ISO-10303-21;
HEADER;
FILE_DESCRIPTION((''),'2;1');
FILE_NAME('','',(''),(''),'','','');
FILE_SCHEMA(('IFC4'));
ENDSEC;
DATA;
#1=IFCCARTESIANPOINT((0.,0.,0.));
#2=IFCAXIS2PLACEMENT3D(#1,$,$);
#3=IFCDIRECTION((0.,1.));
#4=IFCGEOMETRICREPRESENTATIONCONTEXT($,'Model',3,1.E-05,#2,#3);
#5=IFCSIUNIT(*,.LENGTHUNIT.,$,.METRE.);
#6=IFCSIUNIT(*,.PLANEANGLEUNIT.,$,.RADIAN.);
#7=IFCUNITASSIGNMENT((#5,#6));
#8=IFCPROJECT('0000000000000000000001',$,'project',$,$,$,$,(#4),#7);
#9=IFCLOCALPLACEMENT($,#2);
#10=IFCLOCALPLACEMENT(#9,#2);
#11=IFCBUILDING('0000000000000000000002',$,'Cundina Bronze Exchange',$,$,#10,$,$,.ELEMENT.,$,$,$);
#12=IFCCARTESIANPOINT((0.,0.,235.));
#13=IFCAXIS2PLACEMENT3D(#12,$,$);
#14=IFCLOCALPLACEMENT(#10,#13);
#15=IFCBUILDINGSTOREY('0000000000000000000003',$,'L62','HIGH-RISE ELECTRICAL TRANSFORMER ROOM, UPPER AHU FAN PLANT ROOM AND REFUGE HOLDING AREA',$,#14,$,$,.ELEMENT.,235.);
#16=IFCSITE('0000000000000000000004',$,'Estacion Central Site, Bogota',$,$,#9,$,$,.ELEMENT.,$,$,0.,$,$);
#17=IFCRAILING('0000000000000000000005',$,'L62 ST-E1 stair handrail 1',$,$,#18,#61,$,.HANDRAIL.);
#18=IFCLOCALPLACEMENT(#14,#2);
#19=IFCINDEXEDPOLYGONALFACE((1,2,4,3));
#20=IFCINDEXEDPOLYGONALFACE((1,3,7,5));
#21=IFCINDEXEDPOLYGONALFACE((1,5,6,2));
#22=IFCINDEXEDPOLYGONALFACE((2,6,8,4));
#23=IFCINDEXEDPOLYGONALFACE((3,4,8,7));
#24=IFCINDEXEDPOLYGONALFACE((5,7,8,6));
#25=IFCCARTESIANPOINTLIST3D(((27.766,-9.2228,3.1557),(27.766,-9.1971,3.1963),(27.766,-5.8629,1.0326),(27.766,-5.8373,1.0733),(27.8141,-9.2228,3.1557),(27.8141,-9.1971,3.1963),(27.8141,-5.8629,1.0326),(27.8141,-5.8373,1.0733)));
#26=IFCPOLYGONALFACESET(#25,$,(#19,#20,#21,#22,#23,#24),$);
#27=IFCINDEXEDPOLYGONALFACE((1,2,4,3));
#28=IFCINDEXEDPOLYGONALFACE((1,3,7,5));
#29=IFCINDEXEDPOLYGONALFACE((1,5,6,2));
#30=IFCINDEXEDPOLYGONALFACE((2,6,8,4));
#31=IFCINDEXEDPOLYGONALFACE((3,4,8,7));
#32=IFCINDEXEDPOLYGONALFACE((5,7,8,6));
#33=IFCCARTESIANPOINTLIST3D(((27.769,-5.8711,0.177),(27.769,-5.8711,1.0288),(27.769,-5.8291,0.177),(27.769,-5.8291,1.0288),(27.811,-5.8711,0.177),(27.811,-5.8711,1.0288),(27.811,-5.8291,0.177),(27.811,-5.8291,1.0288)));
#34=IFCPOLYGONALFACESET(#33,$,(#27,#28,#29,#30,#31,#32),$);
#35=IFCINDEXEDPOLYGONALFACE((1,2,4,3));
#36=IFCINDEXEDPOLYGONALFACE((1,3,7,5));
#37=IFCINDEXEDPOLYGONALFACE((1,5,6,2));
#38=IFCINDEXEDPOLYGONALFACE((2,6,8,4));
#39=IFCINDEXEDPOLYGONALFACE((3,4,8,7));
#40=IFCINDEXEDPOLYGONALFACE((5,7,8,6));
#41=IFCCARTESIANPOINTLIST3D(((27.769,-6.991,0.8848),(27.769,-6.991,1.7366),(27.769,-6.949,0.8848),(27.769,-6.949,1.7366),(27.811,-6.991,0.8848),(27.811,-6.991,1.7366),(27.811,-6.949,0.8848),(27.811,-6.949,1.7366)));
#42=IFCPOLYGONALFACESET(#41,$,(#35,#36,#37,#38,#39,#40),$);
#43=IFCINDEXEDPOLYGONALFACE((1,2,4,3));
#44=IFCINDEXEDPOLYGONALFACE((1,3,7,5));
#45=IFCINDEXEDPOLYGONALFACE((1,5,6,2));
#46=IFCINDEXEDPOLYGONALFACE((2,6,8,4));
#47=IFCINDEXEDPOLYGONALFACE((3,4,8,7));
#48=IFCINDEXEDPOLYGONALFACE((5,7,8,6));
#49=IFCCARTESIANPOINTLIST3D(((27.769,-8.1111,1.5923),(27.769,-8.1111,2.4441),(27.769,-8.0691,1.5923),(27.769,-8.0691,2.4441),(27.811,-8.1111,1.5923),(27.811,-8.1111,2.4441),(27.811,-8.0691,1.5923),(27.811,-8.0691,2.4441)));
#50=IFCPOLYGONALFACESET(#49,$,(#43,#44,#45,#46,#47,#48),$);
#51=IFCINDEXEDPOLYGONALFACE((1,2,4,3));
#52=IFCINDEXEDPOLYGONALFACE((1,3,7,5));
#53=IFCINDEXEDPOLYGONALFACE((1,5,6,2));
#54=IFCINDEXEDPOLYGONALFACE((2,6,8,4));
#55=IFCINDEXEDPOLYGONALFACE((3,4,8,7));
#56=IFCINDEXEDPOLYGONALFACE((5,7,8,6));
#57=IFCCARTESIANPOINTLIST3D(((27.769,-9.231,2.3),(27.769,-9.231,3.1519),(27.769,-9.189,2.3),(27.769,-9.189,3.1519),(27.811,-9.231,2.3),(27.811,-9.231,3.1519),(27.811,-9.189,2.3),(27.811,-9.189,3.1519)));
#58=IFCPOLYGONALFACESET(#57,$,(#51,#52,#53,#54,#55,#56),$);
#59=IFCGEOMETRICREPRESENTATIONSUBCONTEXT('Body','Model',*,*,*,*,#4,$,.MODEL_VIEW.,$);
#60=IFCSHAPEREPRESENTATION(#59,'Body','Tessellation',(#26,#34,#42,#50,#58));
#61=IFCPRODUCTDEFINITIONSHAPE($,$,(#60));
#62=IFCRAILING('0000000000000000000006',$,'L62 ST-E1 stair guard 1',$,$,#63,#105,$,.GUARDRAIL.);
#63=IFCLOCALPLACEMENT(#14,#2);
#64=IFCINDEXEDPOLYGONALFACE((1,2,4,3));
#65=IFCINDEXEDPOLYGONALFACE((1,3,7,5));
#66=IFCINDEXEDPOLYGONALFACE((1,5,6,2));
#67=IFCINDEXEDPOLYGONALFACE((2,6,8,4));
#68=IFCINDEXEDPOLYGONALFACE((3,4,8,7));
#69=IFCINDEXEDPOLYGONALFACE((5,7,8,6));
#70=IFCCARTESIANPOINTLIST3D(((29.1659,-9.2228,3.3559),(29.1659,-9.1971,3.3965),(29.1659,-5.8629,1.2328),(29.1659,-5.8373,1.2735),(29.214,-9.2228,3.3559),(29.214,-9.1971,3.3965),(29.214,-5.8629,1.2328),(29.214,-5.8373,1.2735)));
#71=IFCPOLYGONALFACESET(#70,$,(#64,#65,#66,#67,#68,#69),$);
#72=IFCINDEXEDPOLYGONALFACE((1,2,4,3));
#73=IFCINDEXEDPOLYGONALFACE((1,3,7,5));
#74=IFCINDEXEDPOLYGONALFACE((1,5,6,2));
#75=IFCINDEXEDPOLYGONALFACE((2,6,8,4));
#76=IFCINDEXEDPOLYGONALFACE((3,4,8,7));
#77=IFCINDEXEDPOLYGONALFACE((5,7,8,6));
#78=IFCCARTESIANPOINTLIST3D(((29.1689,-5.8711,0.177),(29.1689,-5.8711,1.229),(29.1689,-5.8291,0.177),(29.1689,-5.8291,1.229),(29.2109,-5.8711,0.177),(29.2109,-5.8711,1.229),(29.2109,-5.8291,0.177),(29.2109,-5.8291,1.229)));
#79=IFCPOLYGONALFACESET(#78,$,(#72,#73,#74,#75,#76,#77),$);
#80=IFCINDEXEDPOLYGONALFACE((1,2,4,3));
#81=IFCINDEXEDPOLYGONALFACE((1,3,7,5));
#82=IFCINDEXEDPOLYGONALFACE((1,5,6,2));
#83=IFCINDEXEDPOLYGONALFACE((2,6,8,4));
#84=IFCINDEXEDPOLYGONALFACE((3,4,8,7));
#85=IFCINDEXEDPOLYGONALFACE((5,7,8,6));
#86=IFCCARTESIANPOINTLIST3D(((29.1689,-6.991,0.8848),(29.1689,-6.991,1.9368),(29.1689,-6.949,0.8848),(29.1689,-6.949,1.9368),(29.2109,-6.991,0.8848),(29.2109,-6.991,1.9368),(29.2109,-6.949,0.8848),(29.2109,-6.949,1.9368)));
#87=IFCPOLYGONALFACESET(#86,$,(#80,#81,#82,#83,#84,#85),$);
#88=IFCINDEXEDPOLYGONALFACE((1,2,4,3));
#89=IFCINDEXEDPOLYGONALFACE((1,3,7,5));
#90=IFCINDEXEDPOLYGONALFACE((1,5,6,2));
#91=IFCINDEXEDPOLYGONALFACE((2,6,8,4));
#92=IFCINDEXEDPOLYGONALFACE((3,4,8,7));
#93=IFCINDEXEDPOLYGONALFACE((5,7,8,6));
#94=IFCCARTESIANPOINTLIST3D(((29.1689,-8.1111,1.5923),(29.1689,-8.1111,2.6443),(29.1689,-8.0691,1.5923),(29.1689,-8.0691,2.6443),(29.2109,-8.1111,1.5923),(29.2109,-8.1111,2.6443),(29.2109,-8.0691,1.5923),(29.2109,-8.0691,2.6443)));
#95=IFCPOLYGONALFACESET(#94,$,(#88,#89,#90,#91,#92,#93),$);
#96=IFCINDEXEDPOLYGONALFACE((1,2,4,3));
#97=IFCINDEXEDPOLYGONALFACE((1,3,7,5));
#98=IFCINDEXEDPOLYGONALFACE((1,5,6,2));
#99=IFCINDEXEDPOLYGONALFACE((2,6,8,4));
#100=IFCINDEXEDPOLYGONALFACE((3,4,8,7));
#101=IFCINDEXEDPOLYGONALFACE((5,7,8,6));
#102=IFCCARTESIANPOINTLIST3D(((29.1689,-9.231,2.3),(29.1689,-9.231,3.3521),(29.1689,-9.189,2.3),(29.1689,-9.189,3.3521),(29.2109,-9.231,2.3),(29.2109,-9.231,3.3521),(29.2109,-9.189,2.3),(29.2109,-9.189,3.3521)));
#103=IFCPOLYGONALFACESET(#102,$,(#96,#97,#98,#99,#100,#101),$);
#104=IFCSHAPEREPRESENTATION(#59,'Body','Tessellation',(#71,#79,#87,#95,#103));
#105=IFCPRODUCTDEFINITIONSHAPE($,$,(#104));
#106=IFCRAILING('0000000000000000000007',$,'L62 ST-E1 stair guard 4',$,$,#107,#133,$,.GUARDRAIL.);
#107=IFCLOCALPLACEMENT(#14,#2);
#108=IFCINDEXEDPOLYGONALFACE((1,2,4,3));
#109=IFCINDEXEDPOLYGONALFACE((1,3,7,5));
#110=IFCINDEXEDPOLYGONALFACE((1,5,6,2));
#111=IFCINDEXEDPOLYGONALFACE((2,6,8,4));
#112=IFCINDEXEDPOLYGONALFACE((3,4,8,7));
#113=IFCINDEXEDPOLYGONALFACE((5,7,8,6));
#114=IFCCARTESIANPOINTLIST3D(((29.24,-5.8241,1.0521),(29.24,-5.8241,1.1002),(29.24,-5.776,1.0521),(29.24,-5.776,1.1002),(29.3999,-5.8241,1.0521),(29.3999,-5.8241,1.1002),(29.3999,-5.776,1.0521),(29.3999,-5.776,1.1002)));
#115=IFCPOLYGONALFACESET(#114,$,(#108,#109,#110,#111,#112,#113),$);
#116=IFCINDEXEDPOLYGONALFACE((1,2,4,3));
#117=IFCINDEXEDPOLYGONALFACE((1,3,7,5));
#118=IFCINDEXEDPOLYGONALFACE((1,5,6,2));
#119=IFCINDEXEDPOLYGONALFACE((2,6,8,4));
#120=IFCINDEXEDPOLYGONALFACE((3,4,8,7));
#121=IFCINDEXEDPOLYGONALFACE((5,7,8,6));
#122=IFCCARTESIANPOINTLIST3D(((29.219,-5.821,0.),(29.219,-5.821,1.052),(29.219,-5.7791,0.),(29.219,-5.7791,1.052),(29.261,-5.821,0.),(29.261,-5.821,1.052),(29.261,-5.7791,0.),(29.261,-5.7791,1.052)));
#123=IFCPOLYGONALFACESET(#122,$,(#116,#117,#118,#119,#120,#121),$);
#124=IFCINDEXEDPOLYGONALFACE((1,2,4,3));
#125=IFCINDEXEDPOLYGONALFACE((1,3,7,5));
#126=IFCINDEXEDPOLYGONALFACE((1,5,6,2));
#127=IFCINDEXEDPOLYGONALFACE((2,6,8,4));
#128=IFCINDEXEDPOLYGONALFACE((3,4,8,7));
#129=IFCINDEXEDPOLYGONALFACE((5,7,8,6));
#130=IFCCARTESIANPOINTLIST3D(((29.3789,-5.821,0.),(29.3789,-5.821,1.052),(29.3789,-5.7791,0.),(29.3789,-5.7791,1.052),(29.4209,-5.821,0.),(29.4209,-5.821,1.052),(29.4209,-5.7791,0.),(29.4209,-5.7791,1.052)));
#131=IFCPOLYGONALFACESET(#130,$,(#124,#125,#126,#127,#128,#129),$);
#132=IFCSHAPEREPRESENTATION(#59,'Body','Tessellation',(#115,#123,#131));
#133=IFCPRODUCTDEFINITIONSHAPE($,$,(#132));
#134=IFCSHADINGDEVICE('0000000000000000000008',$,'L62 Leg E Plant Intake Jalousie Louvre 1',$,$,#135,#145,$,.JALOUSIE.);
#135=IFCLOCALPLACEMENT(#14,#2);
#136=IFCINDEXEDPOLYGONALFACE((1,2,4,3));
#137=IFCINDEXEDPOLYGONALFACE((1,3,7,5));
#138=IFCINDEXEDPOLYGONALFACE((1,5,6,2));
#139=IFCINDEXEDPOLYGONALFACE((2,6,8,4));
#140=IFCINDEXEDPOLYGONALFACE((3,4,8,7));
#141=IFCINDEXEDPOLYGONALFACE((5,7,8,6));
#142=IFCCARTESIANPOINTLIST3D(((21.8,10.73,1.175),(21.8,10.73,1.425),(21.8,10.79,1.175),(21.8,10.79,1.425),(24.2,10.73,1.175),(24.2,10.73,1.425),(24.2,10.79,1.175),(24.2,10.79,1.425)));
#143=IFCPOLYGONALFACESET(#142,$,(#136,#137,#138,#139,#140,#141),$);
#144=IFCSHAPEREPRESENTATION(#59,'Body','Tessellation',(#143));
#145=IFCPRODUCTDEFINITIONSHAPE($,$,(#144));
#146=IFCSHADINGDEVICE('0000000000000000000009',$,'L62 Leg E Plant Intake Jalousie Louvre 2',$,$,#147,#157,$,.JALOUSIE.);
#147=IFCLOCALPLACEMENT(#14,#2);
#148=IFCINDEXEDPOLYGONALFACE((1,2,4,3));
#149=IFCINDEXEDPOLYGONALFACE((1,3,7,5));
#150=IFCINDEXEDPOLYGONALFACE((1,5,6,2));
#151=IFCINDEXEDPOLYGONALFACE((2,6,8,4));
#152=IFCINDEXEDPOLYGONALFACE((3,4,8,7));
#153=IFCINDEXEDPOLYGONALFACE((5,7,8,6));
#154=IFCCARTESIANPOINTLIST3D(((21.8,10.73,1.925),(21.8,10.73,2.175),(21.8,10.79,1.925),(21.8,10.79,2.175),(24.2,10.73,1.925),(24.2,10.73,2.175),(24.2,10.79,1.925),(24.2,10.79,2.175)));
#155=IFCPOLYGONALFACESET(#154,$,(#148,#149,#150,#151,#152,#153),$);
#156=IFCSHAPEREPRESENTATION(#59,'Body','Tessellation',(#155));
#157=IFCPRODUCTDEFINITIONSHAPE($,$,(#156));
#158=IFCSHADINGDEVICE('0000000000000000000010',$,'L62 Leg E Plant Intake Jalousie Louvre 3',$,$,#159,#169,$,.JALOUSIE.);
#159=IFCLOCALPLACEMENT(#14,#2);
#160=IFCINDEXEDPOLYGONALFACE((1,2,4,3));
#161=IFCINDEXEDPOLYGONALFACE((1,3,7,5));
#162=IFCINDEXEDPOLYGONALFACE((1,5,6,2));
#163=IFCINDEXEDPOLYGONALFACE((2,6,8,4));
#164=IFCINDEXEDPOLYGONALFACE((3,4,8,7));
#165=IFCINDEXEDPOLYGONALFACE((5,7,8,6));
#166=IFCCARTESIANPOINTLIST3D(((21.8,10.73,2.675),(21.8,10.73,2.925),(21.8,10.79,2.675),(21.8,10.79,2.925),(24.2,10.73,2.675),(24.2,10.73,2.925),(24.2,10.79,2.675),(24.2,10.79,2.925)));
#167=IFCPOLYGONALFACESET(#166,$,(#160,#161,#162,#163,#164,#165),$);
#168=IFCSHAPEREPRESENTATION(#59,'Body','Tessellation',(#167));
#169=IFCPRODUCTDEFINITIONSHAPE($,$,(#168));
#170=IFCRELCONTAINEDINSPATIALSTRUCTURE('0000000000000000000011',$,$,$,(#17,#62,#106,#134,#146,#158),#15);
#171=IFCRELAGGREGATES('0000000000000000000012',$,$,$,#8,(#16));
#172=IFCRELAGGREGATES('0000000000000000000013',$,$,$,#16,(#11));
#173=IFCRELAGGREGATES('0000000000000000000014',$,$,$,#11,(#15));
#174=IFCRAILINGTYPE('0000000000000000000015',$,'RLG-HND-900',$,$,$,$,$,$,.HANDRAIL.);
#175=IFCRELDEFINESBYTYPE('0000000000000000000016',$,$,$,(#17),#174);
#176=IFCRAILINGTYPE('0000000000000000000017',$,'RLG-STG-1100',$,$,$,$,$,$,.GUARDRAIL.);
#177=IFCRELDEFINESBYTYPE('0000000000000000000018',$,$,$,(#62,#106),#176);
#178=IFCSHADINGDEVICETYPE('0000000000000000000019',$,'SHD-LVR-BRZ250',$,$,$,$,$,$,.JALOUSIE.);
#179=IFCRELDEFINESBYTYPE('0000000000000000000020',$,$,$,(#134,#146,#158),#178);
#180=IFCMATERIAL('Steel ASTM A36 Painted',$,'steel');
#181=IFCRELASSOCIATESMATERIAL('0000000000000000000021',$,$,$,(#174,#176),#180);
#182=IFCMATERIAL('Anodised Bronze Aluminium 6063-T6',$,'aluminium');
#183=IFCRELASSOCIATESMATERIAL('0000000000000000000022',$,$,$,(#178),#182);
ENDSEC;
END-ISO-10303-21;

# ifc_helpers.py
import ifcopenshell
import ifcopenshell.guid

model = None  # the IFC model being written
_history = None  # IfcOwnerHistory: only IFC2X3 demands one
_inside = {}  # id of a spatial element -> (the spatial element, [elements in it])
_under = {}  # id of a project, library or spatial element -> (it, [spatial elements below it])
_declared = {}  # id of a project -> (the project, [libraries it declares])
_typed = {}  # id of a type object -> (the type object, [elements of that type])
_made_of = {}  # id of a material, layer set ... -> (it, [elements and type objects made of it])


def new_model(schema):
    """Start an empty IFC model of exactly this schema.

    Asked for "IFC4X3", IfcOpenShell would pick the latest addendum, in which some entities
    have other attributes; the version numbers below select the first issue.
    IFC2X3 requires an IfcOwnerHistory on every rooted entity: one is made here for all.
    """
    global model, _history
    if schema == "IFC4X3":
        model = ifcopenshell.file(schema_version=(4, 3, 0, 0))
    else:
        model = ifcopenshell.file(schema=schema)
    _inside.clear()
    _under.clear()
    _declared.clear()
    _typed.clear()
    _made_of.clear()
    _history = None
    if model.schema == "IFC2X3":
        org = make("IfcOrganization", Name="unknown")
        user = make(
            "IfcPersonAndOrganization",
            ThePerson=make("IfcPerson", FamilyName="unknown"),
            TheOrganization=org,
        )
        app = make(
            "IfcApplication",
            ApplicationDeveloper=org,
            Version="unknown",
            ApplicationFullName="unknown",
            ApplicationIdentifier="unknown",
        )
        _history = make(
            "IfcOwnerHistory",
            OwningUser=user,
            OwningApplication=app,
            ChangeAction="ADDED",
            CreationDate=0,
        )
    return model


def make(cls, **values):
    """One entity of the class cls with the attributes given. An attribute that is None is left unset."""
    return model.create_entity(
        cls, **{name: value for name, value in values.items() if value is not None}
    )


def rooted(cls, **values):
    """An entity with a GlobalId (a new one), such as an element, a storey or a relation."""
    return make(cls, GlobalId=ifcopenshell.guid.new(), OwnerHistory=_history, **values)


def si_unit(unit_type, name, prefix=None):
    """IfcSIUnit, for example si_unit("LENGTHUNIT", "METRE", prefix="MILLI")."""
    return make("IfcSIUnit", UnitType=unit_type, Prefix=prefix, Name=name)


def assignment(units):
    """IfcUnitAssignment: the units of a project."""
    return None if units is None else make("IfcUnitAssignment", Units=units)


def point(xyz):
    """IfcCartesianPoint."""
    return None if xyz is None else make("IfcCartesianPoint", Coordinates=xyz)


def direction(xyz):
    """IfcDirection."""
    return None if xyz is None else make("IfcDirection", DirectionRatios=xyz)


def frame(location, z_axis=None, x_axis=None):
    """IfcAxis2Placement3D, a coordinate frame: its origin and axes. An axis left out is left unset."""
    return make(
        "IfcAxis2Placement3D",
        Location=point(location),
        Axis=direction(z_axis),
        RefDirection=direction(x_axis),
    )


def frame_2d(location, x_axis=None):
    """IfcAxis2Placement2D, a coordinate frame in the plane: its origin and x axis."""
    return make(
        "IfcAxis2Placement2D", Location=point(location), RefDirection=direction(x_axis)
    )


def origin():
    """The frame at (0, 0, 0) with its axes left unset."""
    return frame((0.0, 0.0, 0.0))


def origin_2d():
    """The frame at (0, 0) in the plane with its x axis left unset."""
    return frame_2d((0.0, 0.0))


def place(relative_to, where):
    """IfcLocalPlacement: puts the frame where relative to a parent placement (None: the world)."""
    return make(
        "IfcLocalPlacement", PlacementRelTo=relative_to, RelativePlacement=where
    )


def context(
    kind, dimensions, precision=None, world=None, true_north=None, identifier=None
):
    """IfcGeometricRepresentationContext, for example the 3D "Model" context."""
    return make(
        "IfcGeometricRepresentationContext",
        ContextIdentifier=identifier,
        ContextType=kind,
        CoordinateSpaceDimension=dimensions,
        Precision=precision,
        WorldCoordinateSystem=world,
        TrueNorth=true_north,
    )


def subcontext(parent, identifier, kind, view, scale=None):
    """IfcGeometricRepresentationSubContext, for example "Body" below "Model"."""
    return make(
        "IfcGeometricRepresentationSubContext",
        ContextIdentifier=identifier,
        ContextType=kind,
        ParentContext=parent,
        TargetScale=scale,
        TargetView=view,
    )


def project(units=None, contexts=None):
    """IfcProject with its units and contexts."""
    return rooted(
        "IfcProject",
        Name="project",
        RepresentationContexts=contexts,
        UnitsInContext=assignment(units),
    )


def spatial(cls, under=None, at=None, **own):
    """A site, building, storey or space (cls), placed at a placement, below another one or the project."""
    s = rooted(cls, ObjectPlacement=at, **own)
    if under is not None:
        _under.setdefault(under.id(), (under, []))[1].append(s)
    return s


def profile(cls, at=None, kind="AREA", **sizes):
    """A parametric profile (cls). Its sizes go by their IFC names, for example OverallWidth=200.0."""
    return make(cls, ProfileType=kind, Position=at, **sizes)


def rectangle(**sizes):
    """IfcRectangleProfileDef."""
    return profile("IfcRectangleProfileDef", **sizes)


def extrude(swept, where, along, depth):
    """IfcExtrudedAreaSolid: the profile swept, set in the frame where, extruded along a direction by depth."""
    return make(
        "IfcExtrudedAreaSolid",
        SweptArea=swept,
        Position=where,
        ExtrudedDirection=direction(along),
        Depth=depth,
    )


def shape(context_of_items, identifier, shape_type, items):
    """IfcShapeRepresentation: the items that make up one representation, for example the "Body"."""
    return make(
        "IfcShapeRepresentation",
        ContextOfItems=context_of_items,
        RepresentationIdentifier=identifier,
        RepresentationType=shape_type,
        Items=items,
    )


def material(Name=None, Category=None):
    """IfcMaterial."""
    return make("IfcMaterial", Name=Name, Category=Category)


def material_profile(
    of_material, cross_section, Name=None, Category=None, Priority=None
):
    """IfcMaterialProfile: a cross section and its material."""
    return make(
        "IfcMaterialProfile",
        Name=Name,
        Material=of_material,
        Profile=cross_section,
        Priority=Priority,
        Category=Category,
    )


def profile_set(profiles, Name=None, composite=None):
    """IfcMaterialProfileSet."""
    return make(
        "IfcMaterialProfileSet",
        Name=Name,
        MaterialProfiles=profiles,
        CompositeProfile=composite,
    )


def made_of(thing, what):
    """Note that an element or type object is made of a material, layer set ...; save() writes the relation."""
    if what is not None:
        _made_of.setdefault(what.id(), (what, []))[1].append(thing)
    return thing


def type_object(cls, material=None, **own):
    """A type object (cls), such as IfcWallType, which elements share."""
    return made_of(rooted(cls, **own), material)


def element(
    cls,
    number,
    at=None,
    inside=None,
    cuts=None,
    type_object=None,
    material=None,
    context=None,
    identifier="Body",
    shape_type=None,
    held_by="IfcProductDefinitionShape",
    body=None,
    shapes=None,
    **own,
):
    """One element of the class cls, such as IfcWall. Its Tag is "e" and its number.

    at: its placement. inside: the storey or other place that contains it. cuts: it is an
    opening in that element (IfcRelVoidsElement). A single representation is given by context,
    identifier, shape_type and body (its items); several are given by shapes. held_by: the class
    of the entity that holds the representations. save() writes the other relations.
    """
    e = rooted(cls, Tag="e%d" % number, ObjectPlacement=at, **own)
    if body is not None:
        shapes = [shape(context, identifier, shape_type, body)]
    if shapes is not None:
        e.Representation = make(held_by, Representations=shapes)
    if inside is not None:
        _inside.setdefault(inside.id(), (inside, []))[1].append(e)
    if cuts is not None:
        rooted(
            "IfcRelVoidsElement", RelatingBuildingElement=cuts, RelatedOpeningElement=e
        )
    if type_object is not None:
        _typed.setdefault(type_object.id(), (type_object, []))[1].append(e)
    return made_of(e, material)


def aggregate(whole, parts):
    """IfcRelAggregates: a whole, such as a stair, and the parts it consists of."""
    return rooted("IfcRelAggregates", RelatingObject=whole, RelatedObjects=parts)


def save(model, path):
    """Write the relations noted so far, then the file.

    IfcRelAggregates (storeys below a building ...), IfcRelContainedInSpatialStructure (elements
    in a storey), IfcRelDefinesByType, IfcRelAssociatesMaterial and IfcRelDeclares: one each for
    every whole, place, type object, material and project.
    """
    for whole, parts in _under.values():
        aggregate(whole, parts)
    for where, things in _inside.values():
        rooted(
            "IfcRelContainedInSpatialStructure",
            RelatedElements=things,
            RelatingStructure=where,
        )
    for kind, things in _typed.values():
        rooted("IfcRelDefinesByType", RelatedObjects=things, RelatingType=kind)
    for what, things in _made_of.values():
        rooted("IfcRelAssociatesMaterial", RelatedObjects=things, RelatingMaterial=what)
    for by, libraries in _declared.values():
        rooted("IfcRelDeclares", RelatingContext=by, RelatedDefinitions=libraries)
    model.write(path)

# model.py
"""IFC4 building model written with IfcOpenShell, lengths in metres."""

from ifc_helpers import new_model, si_unit, direction, frame, origin, origin_2d, place, context, subcontext, project, spatial, rectangle, extrude, material, material_profile, profile_set, type_object, element, save


model = new_model("IFC4")

# Units and contexts
model_context = context("Model", 3, precision=1e-05, world=origin(), true_north=direction((0.0, 1.0)))
body_context = subcontext(model_context, "Body", "Model", "MODEL_VIEW")
ifc_project = project(units=[si_unit("LENGTHUNIT", "METRE"), si_unit("PLANEANGLEUNIT", "RADIAN")], contexts=[model_context])

# Site, building, storey
site_placement = place(None, origin())
site = spatial("IfcSite", under=ifc_project, at=site_placement, Name="Estacion Central Site, Bogota", CompositionType="ELEMENT", RefElevation=0.0)
building_placement = place(site_placement, origin())
building = spatial("IfcBuilding", under=site, at=building_placement, Name="Cundina Bronze Exchange", CompositionType="ELEMENT")
storey_placement = place(building_placement, frame((0.0, 0.0, 235.0)))
storey = spatial("IfcBuildingStorey", under=building, at=storey_placement, Name="L62", Description="HIGH-RISE ELECTRICAL TRANSFORMER ROOM, UPPER AHU FAN PLANT ROOM AND REFUGE HOLDING AREA", CompositionType="ELEMENT", Elevation=235.0)

# Shared definitions
ifc_material_1 = material(Name="Steel ASTM A36 Painted", Category="steel")

# Railings
ifc_material_2 = material(Name="Anodised Bronze Aluminium 6063-T6", Category="aluminium")
railing_type_1 = type_object("IfcRailingType", Name="RLG-HND-900", PredefinedType="HANDRAIL", material=ifc_material_1)
railing_1_placement = place(storey_placement, frame((27.79, -5.8501, 0.177)))
element("IfcRailing", 1, at=railing_1_placement, inside=storey, type_object=railing_type_1, Name="L62 ST-E1 stair handrail 1", PredefinedType="HANDRAIL", context=body_context, shape_type="SweptSolid", body=[
    extrude(rectangle(XDim=0.0481, YDim=0.0481, at=origin_2d()), frame((0.0, 0.0, 0.876), z_axis=(0.0, -0.845372, 0.534178), x_axis=(1.0, 0.0, 0.0)), (0.0, 0.0, 1.0), 3.9744),
    extrude(rectangle(XDim=0.042, YDim=0.042, at=origin_2d()), origin(), (0.0, 0.0, 1.0), 0.8518),
    extrude(rectangle(XDim=0.042, YDim=0.042, at=origin_2d()), frame((0.0, -1.1199, 0.7078)), (0.0, 0.0, 1.0), 0.8518),
    extrude(rectangle(XDim=0.042, YDim=0.042, at=origin_2d()), frame((0.0, -2.24, 1.4153)), (0.0, 0.0, 1.0), 0.8518),
    extrude(rectangle(XDim=0.042, YDim=0.042, at=origin_2d()), frame((0.0, -3.3599, 2.123)), (0.0, 0.0, 1.0), 0.8518),
])
railing_type_2 = type_object("IfcRailingType", Name="RLG-STG-1100", PredefinedType="GUARDRAIL", material=ifc_material_1)
railing_2_placement = place(storey_placement, frame((29.1899, -5.8501, 0.177)))
element("IfcRailing", 2, at=railing_2_placement, inside=storey, type_object=railing_type_2, Name="L62 ST-E1 stair guard 1", PredefinedType="GUARDRAIL", context=body_context, shape_type="SweptSolid", body=[
    extrude(rectangle(XDim=0.0481, YDim=0.0481, at=origin_2d()), frame((0.0, 0.0, 1.0762), z_axis=(0.0, -0.845372, 0.534178), x_axis=(1.0, 0.0, 0.0)), (0.0, 0.0, 1.0), 3.9744),
    extrude(rectangle(XDim=0.042, YDim=0.042, at=origin_2d()), origin(), (0.0, 0.0, 1.0), 1.052),
    extrude(rectangle(XDim=0.042, YDim=0.042, at=origin_2d()), frame((0.0, -1.1199, 0.7078)), (0.0, 0.0, 1.0), 1.052),
    extrude(rectangle(XDim=0.042, YDim=0.042, at=origin_2d()), frame((0.0, -2.24, 1.4153)), (0.0, 0.0, 1.0), 1.052),
    extrude(rectangle(XDim=0.042, YDim=0.042, at=origin_2d()), frame((0.0, -3.3599, 2.123)), (0.0, 0.0, 1.0), 1.052),
])
railing_3_placement = place(storey_placement, frame((29.24, -5.8, 0.0)))
element("IfcRailing", 3, at=railing_3_placement, inside=storey, type_object=railing_type_2, Name="L62 ST-E1 stair guard 4", PredefinedType="GUARDRAIL", context=body_context, shape_type="SweptSolid", body=[
    extrude(rectangle(XDim=0.0481, YDim=0.0481, at=origin_2d()), frame((0.0, 0.0, 1.0762), z_axis=(1.0, 0.0, 0.0), x_axis=(0.0, 1.0, 0.0)), (0.0, 0.0, 1.0), 0.1599),
    extrude(rectangle(XDim=0.042, YDim=0.042, at=origin_2d()), origin(), (0.0, 0.0, 1.0), 1.052),
    extrude(rectangle(XDim=0.042, YDim=0.042, at=origin_2d()), frame((0.1599, 0.0, 0.0)), (0.0, 0.0, 1.0), 1.052),
])

# Shading devices
ifc_material_profile_1 = material_profile(ifc_material_2, rectangle(XDim=0.0601, YDim=0.25, at=origin_2d()), Name="LVR60X250", Category="aluminium")
ifc_profile_set_1 = profile_set([ifc_material_profile_1], Name="Anodised Bronze Aluminium 6063-T6")
shading_device_type = type_object("IfcShadingDeviceType", Name="SHD-LVR-BRZ250", PredefinedType="JALOUSIE", material=ifc_profile_set_1)
for number, where, z_axis, x_axis, name in (
    (4, (21.8, 10.76, 1.3), (1.0, 0.0, 0.0), (0.0, 1.0, 0.0), "L62 Leg E Plant Intake Jalousie Louvre 1"),
    (5, (21.8, 10.76, 2.05), (1.0, 0.0, 0.0), (0.0, 1.0, 0.0), "L62 Leg E Plant Intake Jalousie Louvre 2"),
    (6, (21.8, 10.76, 2.8), (1.0, 0.0, 0.0), (0.0, 1.0, 0.0), "L62 Leg E Plant Intake Jalousie Louvre 3"),
):
    element("IfcShadingDevice", number, at=place(storey_placement, frame(where, z_axis=z_axis, x_axis=x_axis)), inside=storey, type_object=shading_device_type, Name=name, PredefinedType="JALOUSIE", context=body_context, shape_type="SweptSolid", body=[
        extrude(rectangle(XDim=0.0601, YDim=0.25, at=origin_2d()), origin(), (0.0, 0.0, 1.0), 2.3999),
    ])

save(model, "model.ifc")
